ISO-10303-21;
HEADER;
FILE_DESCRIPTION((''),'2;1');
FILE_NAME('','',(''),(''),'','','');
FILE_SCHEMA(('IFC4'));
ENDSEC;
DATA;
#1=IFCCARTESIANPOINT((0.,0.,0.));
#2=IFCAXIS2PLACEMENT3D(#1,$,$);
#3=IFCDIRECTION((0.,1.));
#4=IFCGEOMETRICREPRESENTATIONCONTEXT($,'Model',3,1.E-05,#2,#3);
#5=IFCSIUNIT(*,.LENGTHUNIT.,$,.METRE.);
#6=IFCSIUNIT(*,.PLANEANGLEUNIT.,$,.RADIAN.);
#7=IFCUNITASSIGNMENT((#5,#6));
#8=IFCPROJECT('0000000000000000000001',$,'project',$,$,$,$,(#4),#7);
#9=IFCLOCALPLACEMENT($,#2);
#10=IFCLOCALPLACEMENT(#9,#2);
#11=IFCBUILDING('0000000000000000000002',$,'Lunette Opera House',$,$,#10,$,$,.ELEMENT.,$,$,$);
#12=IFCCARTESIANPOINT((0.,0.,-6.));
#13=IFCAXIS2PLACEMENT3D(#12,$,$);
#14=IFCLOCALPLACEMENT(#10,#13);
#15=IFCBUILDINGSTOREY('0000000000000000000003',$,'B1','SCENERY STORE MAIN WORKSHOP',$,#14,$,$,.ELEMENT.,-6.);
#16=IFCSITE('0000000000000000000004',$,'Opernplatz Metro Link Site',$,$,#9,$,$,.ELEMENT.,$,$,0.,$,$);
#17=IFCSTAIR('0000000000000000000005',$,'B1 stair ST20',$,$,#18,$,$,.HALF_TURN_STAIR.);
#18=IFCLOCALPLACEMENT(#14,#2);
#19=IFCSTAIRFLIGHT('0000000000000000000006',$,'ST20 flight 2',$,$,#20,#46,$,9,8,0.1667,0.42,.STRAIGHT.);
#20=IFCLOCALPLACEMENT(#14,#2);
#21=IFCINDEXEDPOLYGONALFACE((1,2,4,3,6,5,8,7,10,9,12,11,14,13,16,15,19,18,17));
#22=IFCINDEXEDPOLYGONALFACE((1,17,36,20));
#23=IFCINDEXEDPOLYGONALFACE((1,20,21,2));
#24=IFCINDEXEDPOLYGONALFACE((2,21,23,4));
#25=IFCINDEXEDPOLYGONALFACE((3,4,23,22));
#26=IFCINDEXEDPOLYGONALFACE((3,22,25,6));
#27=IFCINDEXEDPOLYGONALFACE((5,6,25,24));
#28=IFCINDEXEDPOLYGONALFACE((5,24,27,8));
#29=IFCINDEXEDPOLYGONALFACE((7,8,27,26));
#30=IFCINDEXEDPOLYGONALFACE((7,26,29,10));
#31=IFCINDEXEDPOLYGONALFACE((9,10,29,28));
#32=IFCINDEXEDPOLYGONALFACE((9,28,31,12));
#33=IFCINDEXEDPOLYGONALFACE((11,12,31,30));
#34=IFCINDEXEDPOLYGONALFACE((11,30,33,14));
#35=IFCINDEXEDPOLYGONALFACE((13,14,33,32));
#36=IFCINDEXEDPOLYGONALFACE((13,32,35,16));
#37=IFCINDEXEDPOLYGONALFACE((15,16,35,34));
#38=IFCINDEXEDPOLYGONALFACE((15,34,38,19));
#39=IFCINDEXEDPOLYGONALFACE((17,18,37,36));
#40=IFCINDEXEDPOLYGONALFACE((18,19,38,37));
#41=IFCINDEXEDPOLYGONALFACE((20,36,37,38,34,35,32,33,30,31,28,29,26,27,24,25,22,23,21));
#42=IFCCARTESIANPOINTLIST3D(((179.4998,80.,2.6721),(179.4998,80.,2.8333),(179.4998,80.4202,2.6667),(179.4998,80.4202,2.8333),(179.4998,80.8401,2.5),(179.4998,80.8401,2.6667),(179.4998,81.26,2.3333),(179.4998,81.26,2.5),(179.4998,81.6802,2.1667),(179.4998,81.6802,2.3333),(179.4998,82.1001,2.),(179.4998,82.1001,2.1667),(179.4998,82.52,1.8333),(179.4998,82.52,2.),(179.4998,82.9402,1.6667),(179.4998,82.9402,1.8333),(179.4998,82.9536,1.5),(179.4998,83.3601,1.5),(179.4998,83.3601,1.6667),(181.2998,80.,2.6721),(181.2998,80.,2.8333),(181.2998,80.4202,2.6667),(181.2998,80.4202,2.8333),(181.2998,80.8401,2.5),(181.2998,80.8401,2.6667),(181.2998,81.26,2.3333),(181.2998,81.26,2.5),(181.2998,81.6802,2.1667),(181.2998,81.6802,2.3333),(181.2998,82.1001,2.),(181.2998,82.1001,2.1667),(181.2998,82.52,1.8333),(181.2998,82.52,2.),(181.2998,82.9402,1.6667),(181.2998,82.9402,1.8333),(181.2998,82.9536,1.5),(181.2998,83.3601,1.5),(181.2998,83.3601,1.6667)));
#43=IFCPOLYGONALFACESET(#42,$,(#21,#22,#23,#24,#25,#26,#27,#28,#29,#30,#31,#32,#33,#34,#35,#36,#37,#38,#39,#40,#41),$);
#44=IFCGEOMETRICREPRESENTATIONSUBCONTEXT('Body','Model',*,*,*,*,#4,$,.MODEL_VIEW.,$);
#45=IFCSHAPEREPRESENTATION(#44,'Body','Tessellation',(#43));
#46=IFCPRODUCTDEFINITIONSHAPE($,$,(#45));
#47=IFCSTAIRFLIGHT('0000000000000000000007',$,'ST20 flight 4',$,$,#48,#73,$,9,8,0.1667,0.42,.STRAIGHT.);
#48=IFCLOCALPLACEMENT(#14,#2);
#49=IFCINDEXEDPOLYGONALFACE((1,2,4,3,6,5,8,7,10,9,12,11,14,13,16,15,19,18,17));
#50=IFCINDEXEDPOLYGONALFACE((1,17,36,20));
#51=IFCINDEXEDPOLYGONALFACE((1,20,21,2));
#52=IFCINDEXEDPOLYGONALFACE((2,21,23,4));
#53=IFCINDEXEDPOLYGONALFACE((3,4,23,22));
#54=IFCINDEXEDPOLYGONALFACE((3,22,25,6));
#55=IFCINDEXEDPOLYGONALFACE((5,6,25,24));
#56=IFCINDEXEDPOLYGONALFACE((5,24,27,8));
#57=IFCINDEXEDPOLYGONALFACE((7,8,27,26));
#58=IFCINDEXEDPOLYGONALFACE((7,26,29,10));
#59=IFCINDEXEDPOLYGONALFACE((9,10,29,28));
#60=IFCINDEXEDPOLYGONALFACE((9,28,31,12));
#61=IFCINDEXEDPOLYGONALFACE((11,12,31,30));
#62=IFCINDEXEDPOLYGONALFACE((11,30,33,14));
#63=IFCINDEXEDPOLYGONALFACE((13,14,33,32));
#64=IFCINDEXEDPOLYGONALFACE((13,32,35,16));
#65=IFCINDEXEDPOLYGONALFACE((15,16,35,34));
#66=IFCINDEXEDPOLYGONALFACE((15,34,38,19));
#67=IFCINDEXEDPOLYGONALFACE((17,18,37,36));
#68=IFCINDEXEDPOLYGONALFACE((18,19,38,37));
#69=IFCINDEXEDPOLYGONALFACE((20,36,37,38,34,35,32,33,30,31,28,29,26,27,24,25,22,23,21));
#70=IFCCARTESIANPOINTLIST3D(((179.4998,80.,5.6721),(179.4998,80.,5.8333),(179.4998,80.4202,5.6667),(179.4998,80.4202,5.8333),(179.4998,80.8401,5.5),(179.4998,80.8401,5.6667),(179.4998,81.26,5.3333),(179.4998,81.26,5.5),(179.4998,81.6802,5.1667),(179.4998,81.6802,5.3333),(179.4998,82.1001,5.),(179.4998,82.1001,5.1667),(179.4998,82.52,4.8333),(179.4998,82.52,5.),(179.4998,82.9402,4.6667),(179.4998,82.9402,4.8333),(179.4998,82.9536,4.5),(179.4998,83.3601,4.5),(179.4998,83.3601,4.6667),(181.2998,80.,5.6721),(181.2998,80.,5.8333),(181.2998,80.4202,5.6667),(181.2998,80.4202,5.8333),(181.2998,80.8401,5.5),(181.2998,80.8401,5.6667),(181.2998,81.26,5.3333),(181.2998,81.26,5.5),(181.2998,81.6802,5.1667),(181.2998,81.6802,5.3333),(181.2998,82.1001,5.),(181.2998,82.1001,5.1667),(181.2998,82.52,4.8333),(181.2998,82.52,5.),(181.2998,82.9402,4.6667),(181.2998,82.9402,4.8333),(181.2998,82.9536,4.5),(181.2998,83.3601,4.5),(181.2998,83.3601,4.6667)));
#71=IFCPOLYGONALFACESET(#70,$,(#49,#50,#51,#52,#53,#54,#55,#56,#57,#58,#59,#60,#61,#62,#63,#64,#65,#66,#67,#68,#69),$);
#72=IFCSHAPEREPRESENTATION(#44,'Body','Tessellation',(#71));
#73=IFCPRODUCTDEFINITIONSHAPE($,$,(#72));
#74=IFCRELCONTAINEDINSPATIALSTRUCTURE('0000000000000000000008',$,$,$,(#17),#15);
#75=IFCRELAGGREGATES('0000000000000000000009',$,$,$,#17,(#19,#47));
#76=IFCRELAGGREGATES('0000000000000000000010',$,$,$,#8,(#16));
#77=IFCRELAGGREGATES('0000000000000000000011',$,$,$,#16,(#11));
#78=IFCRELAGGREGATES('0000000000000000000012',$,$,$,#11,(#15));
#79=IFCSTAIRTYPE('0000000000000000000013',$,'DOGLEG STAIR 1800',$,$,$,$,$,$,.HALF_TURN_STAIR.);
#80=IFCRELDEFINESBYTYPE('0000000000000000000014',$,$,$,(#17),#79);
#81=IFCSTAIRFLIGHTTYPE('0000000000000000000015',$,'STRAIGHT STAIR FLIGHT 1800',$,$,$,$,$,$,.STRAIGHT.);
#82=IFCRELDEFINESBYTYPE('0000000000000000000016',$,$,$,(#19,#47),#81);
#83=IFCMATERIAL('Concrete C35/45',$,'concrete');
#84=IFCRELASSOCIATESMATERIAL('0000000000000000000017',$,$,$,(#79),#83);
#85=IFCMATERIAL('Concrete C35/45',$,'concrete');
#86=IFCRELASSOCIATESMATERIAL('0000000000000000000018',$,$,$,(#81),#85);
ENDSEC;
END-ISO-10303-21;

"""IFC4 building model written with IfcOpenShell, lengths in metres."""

from ifc_helpers import new_model, si_unit, direction, frame, origin, place, context, subcontext, project, spatial, polyline, outline, extrude, material, type_object, element, aggregate, save


model = new_model("IFC4")

# Units and contexts
model_context = context("Model", 3, precision=1e-05, world=origin(), true_north=direction((0.0, 1.0)))
body_context = subcontext(model_context, "Body", "Model", "MODEL_VIEW")
ifc_project = project(units=[si_unit("LENGTHUNIT", "METRE"), si_unit("PLANEANGLEUNIT", "RADIAN")], contexts=[model_context])

# Site, building, storey
site_placement = place(None, origin())
site = spatial("IfcSite", under=ifc_project, at=site_placement, Name="Opernplatz Metro Link Site", CompositionType="ELEMENT", RefElevation=0.0)
building_placement = place(site_placement, origin())
building = spatial("IfcBuilding", under=site, at=building_placement, Name="Lunette Opera House", CompositionType="ELEMENT")
storey_placement = place(building_placement, frame((0.0, 0.0, -6.0)))
storey = spatial("IfcBuildingStorey", under=building, at=storey_placement, Name="B1", Description="SCENERY STORE MAIN WORKSHOP", CompositionType="ELEMENT", Elevation=-6.0)

# Stair, stair flights
ifc_material_1 = material(Name="Concrete C35/45", Category="concrete")
stair_type = type_object("IfcStairType", Name="DOGLEG STAIR 1800", PredefinedType="HALF_TURN_STAIR", material=ifc_material_1)
stair_placement = place(storey_placement, origin())
stair = element("IfcStair", 1, at=stair_placement, inside=storey, type_object=stair_type, Name="B1 stair ST20", PredefinedType="HALF_TURN_STAIR")
ifc_material_2 = material(Name="Concrete C35/45", Category="concrete")
stair_flight_type = type_object("IfcStairFlightType", Name="STRAIGHT STAIR FLIGHT 1800", PredefinedType="STRAIGHT", material=ifc_material_2)
stair_flight_1_placement = place(storey_placement, frame((180.3999, 83.3601, 1.5), z_axis=(0.0, 0.0, 1.0), x_axis=(0.0, -1.0, 0.0)))
stair_flight_1 = element("IfcStairFlight", 2, at=stair_flight_1_placement, type_object=stair_flight_type, Name="ST20 flight 2", NumberOfRisers=9, NumberOfTreads=8, PredefinedType="STRAIGHT", RiserHeight=0.1667, TreadLength=0.42, context=body_context, shape_type="SweptSolid", body=[
    extrude(outline(polyline([(0.0, 0.0), (0.0, 0.1667), (0.4199, 0.1667), (0.4199, 0.3333), (0.8401, 0.3333), (0.8401, 0.5), (1.26, 0.5), (1.26, 0.6667), (1.6799, 0.6667), (1.6799, 0.8333), (2.1001, 0.8333), (2.1001, 1.0), (2.52, 1.0), (2.52, 1.1667), (2.9399, 1.1667), (2.9399, 1.3333), (3.3601, 1.3333), (3.3601, 1.5), (3.3601, 1.1721), (0.4065, 0.0), (0.0, 0.0)])), frame((0.0, 0.8999, 0.0), z_axis=(0.0, -1.0, 0.0), x_axis=(1.0, 0.0, 0.0)), (0.0, 0.0, 1.0), 1.8),
])
stair_flight_2_placement = place(storey_placement, frame((180.3999, 83.3601, 4.5), z_axis=(0.0, 0.0, 1.0), x_axis=(0.0, -1.0, 0.0)))
stair_flight_2 = element("IfcStairFlight", 3, at=stair_flight_2_placement, type_object=stair_flight_type, Name="ST20 flight 4", NumberOfRisers=9, NumberOfTreads=8, PredefinedType="STRAIGHT", RiserHeight=0.1667, TreadLength=0.42, context=body_context, shape_type="SweptSolid", body=[
    extrude(outline(polyline([(0.0, 0.0), (0.0, 0.1667), (0.4199, 0.1667), (0.4199, 0.3333), (0.8401, 0.3333), (0.8401, 0.5), (1.26, 0.5), (1.26, 0.6667), (1.6799, 0.6667), (1.6799, 0.8333), (2.1001, 0.8333), (2.1001, 1.0), (2.52, 1.0), (2.52, 1.1667), (2.9399, 1.1667), (2.9399, 1.3333), (3.3601, 1.3333), (3.3601, 1.5), (3.3601, 1.1721), (0.4065, 0.0), (0.0, 0.0)])), frame((0.0, 0.8999, 0.0), z_axis=(0.0, -1.0, 0.0), x_axis=(1.0, 0.0, 0.0)), (0.0, 0.0, 1.0), 1.8),
])
aggregate(stair, [stair_flight_1, stair_flight_2])

save(model, "model.ifc")
